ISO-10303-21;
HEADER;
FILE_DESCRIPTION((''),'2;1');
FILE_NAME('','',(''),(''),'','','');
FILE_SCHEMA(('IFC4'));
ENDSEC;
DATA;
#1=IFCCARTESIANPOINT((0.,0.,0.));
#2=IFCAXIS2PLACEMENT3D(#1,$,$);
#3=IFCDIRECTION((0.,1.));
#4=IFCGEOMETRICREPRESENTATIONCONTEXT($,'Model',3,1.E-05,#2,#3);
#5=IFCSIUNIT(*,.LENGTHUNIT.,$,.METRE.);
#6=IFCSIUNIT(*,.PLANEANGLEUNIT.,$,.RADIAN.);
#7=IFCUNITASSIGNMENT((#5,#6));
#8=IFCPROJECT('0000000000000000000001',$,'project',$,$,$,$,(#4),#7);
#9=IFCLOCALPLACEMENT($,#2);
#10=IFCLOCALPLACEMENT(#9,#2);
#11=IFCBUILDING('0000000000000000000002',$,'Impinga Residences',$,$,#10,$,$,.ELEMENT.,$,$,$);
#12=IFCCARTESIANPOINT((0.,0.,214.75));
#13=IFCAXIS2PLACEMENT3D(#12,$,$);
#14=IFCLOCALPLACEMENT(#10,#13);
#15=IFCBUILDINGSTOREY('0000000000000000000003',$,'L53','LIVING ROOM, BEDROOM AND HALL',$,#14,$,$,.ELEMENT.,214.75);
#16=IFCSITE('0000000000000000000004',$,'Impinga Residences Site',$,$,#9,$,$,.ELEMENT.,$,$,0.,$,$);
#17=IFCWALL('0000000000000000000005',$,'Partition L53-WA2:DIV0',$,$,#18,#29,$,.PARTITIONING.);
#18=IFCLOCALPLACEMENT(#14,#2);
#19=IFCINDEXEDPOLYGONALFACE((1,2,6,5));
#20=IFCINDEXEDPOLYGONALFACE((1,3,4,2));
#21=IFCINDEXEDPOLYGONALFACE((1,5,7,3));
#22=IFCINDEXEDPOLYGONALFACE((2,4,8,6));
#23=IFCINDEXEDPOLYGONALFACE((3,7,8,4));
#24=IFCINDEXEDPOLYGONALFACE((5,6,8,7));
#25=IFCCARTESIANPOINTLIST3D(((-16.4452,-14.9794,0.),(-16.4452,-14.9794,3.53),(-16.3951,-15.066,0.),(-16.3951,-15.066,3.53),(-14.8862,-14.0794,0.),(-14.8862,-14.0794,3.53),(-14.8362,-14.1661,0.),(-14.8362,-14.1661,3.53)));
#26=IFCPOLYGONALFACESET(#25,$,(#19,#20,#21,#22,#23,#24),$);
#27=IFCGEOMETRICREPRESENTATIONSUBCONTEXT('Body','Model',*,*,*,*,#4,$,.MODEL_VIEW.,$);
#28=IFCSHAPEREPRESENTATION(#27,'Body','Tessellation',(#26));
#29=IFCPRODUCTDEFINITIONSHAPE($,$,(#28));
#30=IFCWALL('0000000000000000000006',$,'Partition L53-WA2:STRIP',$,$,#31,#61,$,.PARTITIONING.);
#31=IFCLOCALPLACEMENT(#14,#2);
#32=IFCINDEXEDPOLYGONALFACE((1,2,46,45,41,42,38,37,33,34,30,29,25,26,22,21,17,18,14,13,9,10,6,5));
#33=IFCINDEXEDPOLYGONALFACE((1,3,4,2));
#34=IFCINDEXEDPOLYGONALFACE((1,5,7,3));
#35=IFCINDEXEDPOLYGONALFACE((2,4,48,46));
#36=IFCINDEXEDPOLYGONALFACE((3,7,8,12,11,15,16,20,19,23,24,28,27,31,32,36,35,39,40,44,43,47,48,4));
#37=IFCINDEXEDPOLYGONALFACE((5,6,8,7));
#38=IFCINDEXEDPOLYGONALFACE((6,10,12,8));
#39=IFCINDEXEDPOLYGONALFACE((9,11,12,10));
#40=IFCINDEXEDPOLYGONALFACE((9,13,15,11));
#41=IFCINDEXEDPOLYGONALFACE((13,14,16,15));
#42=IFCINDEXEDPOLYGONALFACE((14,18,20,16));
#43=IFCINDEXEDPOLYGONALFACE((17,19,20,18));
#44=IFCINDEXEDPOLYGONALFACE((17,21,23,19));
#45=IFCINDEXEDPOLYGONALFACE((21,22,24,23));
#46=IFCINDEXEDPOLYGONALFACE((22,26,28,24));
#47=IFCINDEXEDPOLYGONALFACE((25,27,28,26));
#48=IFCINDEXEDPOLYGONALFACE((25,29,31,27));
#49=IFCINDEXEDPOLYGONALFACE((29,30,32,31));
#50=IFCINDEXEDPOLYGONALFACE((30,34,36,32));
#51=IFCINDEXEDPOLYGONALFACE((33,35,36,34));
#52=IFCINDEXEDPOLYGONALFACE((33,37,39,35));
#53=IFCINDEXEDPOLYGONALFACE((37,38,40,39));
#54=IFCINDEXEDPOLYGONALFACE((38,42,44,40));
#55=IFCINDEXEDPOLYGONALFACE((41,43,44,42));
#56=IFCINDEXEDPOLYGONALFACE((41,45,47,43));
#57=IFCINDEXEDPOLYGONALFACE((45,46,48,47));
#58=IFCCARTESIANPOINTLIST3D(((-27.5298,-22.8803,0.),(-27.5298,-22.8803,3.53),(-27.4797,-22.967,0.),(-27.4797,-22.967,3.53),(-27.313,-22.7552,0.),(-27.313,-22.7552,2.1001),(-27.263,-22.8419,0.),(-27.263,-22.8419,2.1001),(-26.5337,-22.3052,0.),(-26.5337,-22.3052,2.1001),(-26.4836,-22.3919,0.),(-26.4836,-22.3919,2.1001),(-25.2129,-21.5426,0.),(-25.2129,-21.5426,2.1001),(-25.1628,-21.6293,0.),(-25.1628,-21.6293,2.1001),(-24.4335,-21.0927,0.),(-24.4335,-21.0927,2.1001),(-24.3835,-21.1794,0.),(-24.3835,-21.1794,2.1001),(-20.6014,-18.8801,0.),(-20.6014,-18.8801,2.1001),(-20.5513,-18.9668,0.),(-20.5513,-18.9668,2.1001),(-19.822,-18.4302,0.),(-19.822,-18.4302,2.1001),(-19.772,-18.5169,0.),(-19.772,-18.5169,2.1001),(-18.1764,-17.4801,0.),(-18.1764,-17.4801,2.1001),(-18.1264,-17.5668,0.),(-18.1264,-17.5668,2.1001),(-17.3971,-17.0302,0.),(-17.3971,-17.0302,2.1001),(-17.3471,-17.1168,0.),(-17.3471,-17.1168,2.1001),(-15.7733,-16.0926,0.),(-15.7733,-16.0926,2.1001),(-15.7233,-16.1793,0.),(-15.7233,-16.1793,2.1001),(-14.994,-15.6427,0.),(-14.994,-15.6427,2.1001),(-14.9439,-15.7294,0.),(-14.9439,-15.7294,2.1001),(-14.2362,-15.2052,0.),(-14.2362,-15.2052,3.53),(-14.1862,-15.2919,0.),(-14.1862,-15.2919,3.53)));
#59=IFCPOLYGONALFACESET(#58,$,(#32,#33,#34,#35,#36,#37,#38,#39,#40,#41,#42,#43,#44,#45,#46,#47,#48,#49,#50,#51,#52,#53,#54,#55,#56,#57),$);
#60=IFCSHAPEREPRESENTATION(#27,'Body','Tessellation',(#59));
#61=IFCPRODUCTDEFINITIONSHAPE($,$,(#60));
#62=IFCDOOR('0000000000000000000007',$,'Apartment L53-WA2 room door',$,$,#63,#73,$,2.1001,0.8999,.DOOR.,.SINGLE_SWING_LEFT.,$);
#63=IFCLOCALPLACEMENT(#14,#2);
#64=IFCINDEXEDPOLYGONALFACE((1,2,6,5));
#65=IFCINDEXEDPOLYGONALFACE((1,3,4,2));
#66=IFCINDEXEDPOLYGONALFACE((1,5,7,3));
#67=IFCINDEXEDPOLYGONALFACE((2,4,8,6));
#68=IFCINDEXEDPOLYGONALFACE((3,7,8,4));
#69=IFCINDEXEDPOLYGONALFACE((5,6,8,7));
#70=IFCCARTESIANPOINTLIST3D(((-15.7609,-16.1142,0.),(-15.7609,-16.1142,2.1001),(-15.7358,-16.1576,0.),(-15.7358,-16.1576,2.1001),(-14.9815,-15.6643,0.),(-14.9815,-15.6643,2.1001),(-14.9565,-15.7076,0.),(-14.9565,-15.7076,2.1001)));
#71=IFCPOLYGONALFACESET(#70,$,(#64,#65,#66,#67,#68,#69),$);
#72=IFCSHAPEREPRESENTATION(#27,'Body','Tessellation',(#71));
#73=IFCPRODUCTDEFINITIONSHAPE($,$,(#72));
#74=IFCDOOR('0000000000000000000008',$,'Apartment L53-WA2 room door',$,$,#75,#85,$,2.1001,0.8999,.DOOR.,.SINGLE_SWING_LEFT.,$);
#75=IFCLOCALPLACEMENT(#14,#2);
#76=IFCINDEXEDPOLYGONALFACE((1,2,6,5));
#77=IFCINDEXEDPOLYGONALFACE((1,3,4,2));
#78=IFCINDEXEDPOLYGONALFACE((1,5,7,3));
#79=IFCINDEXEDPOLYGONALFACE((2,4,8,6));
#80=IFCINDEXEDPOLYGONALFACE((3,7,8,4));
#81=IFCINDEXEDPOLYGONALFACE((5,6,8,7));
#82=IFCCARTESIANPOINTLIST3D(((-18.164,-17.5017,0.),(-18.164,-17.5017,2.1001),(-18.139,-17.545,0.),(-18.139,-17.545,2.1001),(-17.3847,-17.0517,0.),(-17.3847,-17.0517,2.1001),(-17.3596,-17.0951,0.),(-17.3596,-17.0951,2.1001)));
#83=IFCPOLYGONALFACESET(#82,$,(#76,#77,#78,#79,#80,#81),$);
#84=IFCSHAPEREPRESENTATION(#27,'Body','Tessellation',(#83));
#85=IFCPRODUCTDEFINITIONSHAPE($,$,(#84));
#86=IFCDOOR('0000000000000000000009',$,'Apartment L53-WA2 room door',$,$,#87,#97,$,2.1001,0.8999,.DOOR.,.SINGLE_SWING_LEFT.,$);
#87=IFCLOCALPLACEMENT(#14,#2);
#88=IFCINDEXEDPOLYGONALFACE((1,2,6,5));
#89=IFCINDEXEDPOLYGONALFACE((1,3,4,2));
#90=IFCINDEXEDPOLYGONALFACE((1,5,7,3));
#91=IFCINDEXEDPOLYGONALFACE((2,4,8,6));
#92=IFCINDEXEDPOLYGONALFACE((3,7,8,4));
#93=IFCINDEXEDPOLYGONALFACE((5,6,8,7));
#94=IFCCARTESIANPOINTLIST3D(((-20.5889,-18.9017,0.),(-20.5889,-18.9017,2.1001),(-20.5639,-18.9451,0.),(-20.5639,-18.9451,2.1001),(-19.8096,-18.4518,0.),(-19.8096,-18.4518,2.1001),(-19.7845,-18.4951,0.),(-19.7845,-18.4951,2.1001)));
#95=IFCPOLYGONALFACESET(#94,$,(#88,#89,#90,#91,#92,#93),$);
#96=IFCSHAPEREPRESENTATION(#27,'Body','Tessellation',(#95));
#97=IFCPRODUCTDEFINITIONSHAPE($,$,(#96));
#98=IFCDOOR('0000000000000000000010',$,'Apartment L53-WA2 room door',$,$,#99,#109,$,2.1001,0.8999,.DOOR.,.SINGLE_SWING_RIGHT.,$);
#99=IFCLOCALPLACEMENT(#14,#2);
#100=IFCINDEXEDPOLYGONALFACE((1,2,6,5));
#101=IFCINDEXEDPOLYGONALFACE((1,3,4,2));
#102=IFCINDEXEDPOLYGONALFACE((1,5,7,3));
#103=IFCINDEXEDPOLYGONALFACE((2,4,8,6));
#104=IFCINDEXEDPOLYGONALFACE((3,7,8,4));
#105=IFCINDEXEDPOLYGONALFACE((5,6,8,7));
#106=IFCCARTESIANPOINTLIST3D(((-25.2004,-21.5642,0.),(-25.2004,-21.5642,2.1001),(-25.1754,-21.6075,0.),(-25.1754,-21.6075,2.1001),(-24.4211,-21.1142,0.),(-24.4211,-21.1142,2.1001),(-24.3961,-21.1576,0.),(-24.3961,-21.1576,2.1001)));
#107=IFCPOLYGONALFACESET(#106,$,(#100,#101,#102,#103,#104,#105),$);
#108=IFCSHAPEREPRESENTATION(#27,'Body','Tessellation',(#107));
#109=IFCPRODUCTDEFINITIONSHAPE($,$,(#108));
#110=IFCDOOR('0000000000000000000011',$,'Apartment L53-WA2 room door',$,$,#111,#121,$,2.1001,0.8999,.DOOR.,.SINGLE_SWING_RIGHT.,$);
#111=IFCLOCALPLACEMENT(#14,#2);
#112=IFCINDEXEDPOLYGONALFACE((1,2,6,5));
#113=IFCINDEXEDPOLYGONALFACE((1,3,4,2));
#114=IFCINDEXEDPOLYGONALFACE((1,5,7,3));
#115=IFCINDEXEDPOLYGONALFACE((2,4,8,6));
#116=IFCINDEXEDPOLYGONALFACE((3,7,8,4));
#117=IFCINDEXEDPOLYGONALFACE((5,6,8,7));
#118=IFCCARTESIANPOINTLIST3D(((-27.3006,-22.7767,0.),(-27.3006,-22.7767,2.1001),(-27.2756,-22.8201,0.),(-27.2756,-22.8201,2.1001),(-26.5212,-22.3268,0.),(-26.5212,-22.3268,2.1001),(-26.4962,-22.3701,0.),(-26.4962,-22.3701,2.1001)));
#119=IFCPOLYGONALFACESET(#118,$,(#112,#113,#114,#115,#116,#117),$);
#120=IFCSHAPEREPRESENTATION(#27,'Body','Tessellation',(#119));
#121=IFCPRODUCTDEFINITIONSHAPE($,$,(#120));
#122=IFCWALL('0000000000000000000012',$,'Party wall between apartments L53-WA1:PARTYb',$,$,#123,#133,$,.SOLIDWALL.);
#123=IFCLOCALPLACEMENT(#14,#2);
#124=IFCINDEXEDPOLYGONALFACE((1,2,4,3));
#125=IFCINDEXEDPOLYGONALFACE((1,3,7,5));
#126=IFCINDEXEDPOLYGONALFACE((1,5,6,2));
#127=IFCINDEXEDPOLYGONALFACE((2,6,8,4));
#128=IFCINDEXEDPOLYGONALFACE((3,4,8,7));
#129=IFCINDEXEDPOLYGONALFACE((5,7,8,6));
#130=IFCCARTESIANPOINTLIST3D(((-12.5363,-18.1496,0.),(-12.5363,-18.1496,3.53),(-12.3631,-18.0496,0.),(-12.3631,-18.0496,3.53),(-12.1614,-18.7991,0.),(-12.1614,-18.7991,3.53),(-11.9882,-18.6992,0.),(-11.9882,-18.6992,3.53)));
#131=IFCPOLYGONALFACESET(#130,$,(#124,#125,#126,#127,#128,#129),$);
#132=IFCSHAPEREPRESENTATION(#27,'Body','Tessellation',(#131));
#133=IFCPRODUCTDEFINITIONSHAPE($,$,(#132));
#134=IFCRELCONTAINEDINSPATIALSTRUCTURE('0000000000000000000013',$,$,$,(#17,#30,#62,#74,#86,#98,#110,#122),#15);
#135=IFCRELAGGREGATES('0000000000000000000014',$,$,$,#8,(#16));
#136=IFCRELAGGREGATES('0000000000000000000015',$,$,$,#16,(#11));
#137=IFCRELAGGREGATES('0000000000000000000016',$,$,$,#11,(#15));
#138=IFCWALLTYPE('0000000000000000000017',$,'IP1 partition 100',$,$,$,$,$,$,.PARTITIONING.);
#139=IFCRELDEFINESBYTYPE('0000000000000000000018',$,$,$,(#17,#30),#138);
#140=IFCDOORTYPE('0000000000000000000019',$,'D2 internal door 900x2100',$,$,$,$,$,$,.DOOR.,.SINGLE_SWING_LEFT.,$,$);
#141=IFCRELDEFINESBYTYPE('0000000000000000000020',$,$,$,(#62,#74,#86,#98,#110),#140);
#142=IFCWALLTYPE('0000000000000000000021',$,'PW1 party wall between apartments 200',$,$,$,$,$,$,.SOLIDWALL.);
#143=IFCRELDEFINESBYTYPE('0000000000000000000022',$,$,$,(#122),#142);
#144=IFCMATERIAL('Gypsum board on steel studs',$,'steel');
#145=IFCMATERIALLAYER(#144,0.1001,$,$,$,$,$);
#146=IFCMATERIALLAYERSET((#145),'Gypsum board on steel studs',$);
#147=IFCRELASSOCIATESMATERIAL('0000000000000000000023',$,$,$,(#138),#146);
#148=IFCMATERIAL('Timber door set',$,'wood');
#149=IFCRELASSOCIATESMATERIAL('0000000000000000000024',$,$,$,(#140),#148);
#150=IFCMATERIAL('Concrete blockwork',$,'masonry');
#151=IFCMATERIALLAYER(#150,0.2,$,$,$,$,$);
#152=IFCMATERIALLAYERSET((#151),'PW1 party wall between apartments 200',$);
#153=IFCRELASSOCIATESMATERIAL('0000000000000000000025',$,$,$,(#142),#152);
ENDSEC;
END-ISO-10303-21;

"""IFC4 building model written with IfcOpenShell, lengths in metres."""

from ifc_helpers import new_model, si_unit, direction, frame, frame_2d, origin, place, context, subcontext, project, spatial, rectangle, extrude, material, layer, layer_set, type_object, element, fill, save


model = new_model("IFC4")

# Units and contexts
model_context = context("Model", 3, precision=1e-05, world=origin(), true_north=direction((0.0, 1.0)))
body_context = subcontext(model_context, "Body", "Model", "MODEL_VIEW")
ifc_project = project(units=[si_unit("LENGTHUNIT", "METRE"), si_unit("PLANEANGLEUNIT", "RADIAN")], contexts=[model_context])

# Site, building, storey
site_placement = place(None, origin())
site = spatial("IfcSite", under=ifc_project, at=site_placement, Name="Impinga Residences Site", CompositionType="ELEMENT", RefElevation=0.0)
building_placement = place(site_placement, origin())
building = spatial("IfcBuilding", under=site, at=building_placement, Name="Impinga Residences", CompositionType="ELEMENT")
storey_placement = place(building_placement, frame((0.0, 0.0, 214.75)))
storey = spatial("IfcBuildingStorey", under=building, at=storey_placement, Name="L53", Description="LIVING ROOM, BEDROOM AND HALL", CompositionType="ELEMENT", Elevation=214.75)

# Wall
ifc_material_1 = material(Name="Gypsum board on steel studs", Category="steel")
ifc_layer_1 = layer(ifc_material_1, 0.1001)
ifc_layer_set_1 = layer_set([ifc_layer_1], Name="Gypsum board on steel studs")
wall_type_1 = type_object("IfcWallType", Name="IP1 partition 100", PredefinedType="PARTITIONING", material=ifc_layer_set_1)
wall_1_placement = place(storey_placement, frame((-14.8613, -14.1228, 0.0), z_axis=(0.0, 0.0, 1.0), x_axis=(-0.866048, -0.499961, 0.0)))
element("IfcWall", 1, at=wall_1_placement, inside=storey, type_object=wall_type_1, Name="Partition L53-WA2:DIV0", PredefinedType="PARTITIONING", context=body_context, shape_type="SweptSolid", body=[
    extrude(rectangle(XDim=1.8, YDim=0.1001, at=frame_2d((0.8999, 0.0))), origin(), (0.0, 0.0, 1.0), 3.53),
])

# Wall, openings, doors
wall_2_placement = place(storey_placement, frame((-14.2112, -15.2485, 0.0), z_axis=(0.0, 0.0, 1.0), x_axis=(-0.866023, -0.500003, 0.0)))
wall_2 = element("IfcWall", 2, at=wall_2_placement, inside=storey, type_object=wall_type_1, Name="Partition L53-WA2:STRIP", PredefinedType="PARTITIONING", context=body_context, shape_type="SweptSolid", body=[
    extrude(rectangle(XDim=15.3501, YDim=0.1001, at=frame_2d((7.675, 0.0))), origin(), (0.0, 0.0, 1.0), 3.53),
])
opening_1_placement = place(wall_2_placement, frame((0.875, 0.0, 0.0)))
opening_1 = element("IfcOpeningElement", 3, at=opening_1_placement, cuts=wall_2, PredefinedType="OPENING", context=body_context, shape_type="SweptSolid", body=[
    extrude(rectangle(XDim=0.8999, YDim=2.1001, at=frame_2d((0.45, 1.05))), frame((0.0, 0.0601, 0.0), z_axis=(0.0, -1.0, 0.0), x_axis=(1.0, 0.0, 0.0)), (0.0, 0.0, 1.0), 0.1201),
])
opening_2_placement = place(wall_2_placement, frame((3.6499, 0.0, 0.0)))
opening_2 = element("IfcOpeningElement", 4, at=opening_2_placement, cuts=wall_2, PredefinedType="OPENING", context=body_context, shape_type="SweptSolid", body=[
    extrude(rectangle(XDim=0.8999, YDim=2.1001, at=frame_2d((0.45, 1.05))), frame((0.0, 0.0601, 0.0), z_axis=(0.0, -1.0, 0.0), x_axis=(1.0, 0.0, 0.0)), (0.0, 0.0, 1.0), 0.1201),
])
opening_3_placement = place(wall_2_placement, frame((6.45, 0.0, 0.0)))
opening_3 = element("IfcOpeningElement", 5, at=opening_3_placement, cuts=wall_2, PredefinedType="OPENING", context=body_context, shape_type="SweptSolid", body=[
    extrude(rectangle(XDim=0.8999, YDim=2.1001, at=frame_2d((0.45, 1.05))), frame((0.0, 0.0601, 0.0), z_axis=(0.0, -1.0, 0.0), x_axis=(1.0, 0.0, 0.0)), (0.0, 0.0, 1.0), 0.1201),
])
opening_4_placement = place(wall_2_placement, frame((11.7749, 0.0, 0.0)))
opening_4 = element("IfcOpeningElement", 6, at=opening_4_placement, cuts=wall_2, PredefinedType="OPENING", context=body_context, shape_type="SweptSolid", body=[
    extrude(rectangle(XDim=0.8999, YDim=2.1001, at=frame_2d((0.45, 1.05))), frame((0.0, 0.0601, 0.0), z_axis=(0.0, -1.0, 0.0), x_axis=(1.0, 0.0, 0.0)), (0.0, 0.0, 1.0), 0.1201),
])
opening_5_placement = place(wall_2_placement, frame((14.2, 0.0, 0.0)))
opening_5 = element("IfcOpeningElement", 7, at=opening_5_placement, cuts=wall_2, PredefinedType="OPENING", context=body_context, shape_type="SweptSolid", body=[
    extrude(rectangle(XDim=0.8999, YDim=2.1001, at=frame_2d((0.45, 1.05))), frame((0.0, 0.0601, 0.0), z_axis=(0.0, -1.0, 0.0), x_axis=(1.0, 0.0, 0.0)), (0.0, 0.0, 1.0), 0.1201),
])
ifc_material_2 = material(Name="Timber door set", Category="wood")
door_type = type_object("IfcDoorType", Name="D2 internal door 900x2100", OperationType="SINGLE_SWING_LEFT", PredefinedType="DOOR", material=ifc_material_2)
door_1_placement = place(opening_1_placement, origin())
door_1 = element("IfcDoor", 8, at=door_1_placement, inside=storey, type_object=door_type, Name="Apartment L53-WA2 room door", OperationType="SINGLE_SWING_LEFT", OverallHeight=2.1001, OverallWidth=0.8999, PredefinedType="DOOR", context=body_context, shape_type="SweptSolid", body=[
    extrude(rectangle(XDim=0.8999, YDim=2.1001, at=frame_2d((0.45, 1.05))), frame((0.0, 0.0249, 0.0), z_axis=(0.0, -1.0, 0.0), x_axis=(1.0, 0.0, 0.0)), (0.0, 0.0, 1.0), 0.05),
])
fill(opening_1, door_1)
door_2_placement = place(opening_2_placement, origin())
door_2 = element("IfcDoor", 9, at=door_2_placement, inside=storey, type_object=door_type, Name="Apartment L53-WA2 room door", OperationType="SINGLE_SWING_LEFT", OverallHeight=2.1001, OverallWidth=0.8999, PredefinedType="DOOR", context=body_context, shape_type="SweptSolid", body=[
    extrude(rectangle(XDim=0.8999, YDim=2.1001, at=frame_2d((0.45, 1.05))), frame((0.0, 0.0249, 0.0), z_axis=(0.0, -1.0, 0.0), x_axis=(1.0, 0.0, 0.0)), (0.0, 0.0, 1.0), 0.05),
])
fill(opening_2, door_2)
door_3_placement = place(opening_3_placement, origin())
door_3 = element("IfcDoor", 10, at=door_3_placement, inside=storey, type_object=door_type, Name="Apartment L53-WA2 room door", OperationType="SINGLE_SWING_LEFT", OverallHeight=2.1001, OverallWidth=0.8999, PredefinedType="DOOR", context=body_context, shape_type="SweptSolid", body=[
    extrude(rectangle(XDim=0.8999, YDim=2.1001, at=frame_2d((0.45, 1.05))), frame((0.0, 0.0249, 0.0), z_axis=(0.0, -1.0, 0.0), x_axis=(1.0, 0.0, 0.0)), (0.0, 0.0, 1.0), 0.05),
])
fill(opening_3, door_3)
door_4_placement = place(opening_4_placement, origin())
door_4 = element("IfcDoor", 11, at=door_4_placement, inside=storey, type_object=door_type, Name="Apartment L53-WA2 room door", OperationType="SINGLE_SWING_RIGHT", OverallHeight=2.1001, OverallWidth=0.8999, PredefinedType="DOOR", context=body_context, shape_type="SweptSolid", body=[
    extrude(rectangle(XDim=0.8999, YDim=2.1001, at=frame_2d((0.45, 1.05))), frame((0.0, 0.0249, 0.0), z_axis=(0.0, -1.0, 0.0), x_axis=(1.0, 0.0, 0.0)), (0.0, 0.0, 1.0), 0.05),
])
fill(opening_4, door_4)
door_5_placement = place(opening_5_placement, origin())
door_5 = element("IfcDoor", 12, at=door_5_placement, inside=storey, type_object=door_type, Name="Apartment L53-WA2 room door", OperationType="SINGLE_SWING_RIGHT", OverallHeight=2.1001, OverallWidth=0.8999, PredefinedType="DOOR", context=body_context, shape_type="SweptSolid", body=[
    extrude(rectangle(XDim=0.8999, YDim=2.1001, at=frame_2d((0.45, 1.05))), frame((0.0, 0.0249, 0.0), z_axis=(0.0, -1.0, 0.0), x_axis=(1.0, 0.0, 0.0)), (0.0, 0.0, 1.0), 0.05),
])
fill(opening_5, door_5)

# Wall
ifc_material_3 = material(Name="Concrete blockwork", Category="masonry")
ifc_layer_2 = layer(ifc_material_3, 0.2)
ifc_layer_set_2 = layer_set([ifc_layer_2], Name="PW1 party wall between apartments 200")
wall_type_2 = type_object("IfcWallType", Name="PW1 party wall between apartments 200", PredefinedType="SOLIDWALL", material=ifc_layer_set_2)
wall_3_placement = place(storey_placement, frame((-12.4497, -18.0996, 0.0), z_axis=(0.0, 0.0, 1.0), x_axis=(0.49992, -0.866072, 0.0)))
element("IfcWall", 13, at=wall_3_placement, inside=storey, type_object=wall_type_2, Name="Party wall between apartments L53-WA1:PARTYb", PredefinedType="SOLIDWALL", context=body_context, shape_type="SweptSolid", body=[
    extrude(rectangle(XDim=0.75, YDim=0.2, at=frame_2d((0.375, 0.0))), origin(), (0.0, 0.0, 1.0), 3.53),
])

save(model, "model.ifc")
